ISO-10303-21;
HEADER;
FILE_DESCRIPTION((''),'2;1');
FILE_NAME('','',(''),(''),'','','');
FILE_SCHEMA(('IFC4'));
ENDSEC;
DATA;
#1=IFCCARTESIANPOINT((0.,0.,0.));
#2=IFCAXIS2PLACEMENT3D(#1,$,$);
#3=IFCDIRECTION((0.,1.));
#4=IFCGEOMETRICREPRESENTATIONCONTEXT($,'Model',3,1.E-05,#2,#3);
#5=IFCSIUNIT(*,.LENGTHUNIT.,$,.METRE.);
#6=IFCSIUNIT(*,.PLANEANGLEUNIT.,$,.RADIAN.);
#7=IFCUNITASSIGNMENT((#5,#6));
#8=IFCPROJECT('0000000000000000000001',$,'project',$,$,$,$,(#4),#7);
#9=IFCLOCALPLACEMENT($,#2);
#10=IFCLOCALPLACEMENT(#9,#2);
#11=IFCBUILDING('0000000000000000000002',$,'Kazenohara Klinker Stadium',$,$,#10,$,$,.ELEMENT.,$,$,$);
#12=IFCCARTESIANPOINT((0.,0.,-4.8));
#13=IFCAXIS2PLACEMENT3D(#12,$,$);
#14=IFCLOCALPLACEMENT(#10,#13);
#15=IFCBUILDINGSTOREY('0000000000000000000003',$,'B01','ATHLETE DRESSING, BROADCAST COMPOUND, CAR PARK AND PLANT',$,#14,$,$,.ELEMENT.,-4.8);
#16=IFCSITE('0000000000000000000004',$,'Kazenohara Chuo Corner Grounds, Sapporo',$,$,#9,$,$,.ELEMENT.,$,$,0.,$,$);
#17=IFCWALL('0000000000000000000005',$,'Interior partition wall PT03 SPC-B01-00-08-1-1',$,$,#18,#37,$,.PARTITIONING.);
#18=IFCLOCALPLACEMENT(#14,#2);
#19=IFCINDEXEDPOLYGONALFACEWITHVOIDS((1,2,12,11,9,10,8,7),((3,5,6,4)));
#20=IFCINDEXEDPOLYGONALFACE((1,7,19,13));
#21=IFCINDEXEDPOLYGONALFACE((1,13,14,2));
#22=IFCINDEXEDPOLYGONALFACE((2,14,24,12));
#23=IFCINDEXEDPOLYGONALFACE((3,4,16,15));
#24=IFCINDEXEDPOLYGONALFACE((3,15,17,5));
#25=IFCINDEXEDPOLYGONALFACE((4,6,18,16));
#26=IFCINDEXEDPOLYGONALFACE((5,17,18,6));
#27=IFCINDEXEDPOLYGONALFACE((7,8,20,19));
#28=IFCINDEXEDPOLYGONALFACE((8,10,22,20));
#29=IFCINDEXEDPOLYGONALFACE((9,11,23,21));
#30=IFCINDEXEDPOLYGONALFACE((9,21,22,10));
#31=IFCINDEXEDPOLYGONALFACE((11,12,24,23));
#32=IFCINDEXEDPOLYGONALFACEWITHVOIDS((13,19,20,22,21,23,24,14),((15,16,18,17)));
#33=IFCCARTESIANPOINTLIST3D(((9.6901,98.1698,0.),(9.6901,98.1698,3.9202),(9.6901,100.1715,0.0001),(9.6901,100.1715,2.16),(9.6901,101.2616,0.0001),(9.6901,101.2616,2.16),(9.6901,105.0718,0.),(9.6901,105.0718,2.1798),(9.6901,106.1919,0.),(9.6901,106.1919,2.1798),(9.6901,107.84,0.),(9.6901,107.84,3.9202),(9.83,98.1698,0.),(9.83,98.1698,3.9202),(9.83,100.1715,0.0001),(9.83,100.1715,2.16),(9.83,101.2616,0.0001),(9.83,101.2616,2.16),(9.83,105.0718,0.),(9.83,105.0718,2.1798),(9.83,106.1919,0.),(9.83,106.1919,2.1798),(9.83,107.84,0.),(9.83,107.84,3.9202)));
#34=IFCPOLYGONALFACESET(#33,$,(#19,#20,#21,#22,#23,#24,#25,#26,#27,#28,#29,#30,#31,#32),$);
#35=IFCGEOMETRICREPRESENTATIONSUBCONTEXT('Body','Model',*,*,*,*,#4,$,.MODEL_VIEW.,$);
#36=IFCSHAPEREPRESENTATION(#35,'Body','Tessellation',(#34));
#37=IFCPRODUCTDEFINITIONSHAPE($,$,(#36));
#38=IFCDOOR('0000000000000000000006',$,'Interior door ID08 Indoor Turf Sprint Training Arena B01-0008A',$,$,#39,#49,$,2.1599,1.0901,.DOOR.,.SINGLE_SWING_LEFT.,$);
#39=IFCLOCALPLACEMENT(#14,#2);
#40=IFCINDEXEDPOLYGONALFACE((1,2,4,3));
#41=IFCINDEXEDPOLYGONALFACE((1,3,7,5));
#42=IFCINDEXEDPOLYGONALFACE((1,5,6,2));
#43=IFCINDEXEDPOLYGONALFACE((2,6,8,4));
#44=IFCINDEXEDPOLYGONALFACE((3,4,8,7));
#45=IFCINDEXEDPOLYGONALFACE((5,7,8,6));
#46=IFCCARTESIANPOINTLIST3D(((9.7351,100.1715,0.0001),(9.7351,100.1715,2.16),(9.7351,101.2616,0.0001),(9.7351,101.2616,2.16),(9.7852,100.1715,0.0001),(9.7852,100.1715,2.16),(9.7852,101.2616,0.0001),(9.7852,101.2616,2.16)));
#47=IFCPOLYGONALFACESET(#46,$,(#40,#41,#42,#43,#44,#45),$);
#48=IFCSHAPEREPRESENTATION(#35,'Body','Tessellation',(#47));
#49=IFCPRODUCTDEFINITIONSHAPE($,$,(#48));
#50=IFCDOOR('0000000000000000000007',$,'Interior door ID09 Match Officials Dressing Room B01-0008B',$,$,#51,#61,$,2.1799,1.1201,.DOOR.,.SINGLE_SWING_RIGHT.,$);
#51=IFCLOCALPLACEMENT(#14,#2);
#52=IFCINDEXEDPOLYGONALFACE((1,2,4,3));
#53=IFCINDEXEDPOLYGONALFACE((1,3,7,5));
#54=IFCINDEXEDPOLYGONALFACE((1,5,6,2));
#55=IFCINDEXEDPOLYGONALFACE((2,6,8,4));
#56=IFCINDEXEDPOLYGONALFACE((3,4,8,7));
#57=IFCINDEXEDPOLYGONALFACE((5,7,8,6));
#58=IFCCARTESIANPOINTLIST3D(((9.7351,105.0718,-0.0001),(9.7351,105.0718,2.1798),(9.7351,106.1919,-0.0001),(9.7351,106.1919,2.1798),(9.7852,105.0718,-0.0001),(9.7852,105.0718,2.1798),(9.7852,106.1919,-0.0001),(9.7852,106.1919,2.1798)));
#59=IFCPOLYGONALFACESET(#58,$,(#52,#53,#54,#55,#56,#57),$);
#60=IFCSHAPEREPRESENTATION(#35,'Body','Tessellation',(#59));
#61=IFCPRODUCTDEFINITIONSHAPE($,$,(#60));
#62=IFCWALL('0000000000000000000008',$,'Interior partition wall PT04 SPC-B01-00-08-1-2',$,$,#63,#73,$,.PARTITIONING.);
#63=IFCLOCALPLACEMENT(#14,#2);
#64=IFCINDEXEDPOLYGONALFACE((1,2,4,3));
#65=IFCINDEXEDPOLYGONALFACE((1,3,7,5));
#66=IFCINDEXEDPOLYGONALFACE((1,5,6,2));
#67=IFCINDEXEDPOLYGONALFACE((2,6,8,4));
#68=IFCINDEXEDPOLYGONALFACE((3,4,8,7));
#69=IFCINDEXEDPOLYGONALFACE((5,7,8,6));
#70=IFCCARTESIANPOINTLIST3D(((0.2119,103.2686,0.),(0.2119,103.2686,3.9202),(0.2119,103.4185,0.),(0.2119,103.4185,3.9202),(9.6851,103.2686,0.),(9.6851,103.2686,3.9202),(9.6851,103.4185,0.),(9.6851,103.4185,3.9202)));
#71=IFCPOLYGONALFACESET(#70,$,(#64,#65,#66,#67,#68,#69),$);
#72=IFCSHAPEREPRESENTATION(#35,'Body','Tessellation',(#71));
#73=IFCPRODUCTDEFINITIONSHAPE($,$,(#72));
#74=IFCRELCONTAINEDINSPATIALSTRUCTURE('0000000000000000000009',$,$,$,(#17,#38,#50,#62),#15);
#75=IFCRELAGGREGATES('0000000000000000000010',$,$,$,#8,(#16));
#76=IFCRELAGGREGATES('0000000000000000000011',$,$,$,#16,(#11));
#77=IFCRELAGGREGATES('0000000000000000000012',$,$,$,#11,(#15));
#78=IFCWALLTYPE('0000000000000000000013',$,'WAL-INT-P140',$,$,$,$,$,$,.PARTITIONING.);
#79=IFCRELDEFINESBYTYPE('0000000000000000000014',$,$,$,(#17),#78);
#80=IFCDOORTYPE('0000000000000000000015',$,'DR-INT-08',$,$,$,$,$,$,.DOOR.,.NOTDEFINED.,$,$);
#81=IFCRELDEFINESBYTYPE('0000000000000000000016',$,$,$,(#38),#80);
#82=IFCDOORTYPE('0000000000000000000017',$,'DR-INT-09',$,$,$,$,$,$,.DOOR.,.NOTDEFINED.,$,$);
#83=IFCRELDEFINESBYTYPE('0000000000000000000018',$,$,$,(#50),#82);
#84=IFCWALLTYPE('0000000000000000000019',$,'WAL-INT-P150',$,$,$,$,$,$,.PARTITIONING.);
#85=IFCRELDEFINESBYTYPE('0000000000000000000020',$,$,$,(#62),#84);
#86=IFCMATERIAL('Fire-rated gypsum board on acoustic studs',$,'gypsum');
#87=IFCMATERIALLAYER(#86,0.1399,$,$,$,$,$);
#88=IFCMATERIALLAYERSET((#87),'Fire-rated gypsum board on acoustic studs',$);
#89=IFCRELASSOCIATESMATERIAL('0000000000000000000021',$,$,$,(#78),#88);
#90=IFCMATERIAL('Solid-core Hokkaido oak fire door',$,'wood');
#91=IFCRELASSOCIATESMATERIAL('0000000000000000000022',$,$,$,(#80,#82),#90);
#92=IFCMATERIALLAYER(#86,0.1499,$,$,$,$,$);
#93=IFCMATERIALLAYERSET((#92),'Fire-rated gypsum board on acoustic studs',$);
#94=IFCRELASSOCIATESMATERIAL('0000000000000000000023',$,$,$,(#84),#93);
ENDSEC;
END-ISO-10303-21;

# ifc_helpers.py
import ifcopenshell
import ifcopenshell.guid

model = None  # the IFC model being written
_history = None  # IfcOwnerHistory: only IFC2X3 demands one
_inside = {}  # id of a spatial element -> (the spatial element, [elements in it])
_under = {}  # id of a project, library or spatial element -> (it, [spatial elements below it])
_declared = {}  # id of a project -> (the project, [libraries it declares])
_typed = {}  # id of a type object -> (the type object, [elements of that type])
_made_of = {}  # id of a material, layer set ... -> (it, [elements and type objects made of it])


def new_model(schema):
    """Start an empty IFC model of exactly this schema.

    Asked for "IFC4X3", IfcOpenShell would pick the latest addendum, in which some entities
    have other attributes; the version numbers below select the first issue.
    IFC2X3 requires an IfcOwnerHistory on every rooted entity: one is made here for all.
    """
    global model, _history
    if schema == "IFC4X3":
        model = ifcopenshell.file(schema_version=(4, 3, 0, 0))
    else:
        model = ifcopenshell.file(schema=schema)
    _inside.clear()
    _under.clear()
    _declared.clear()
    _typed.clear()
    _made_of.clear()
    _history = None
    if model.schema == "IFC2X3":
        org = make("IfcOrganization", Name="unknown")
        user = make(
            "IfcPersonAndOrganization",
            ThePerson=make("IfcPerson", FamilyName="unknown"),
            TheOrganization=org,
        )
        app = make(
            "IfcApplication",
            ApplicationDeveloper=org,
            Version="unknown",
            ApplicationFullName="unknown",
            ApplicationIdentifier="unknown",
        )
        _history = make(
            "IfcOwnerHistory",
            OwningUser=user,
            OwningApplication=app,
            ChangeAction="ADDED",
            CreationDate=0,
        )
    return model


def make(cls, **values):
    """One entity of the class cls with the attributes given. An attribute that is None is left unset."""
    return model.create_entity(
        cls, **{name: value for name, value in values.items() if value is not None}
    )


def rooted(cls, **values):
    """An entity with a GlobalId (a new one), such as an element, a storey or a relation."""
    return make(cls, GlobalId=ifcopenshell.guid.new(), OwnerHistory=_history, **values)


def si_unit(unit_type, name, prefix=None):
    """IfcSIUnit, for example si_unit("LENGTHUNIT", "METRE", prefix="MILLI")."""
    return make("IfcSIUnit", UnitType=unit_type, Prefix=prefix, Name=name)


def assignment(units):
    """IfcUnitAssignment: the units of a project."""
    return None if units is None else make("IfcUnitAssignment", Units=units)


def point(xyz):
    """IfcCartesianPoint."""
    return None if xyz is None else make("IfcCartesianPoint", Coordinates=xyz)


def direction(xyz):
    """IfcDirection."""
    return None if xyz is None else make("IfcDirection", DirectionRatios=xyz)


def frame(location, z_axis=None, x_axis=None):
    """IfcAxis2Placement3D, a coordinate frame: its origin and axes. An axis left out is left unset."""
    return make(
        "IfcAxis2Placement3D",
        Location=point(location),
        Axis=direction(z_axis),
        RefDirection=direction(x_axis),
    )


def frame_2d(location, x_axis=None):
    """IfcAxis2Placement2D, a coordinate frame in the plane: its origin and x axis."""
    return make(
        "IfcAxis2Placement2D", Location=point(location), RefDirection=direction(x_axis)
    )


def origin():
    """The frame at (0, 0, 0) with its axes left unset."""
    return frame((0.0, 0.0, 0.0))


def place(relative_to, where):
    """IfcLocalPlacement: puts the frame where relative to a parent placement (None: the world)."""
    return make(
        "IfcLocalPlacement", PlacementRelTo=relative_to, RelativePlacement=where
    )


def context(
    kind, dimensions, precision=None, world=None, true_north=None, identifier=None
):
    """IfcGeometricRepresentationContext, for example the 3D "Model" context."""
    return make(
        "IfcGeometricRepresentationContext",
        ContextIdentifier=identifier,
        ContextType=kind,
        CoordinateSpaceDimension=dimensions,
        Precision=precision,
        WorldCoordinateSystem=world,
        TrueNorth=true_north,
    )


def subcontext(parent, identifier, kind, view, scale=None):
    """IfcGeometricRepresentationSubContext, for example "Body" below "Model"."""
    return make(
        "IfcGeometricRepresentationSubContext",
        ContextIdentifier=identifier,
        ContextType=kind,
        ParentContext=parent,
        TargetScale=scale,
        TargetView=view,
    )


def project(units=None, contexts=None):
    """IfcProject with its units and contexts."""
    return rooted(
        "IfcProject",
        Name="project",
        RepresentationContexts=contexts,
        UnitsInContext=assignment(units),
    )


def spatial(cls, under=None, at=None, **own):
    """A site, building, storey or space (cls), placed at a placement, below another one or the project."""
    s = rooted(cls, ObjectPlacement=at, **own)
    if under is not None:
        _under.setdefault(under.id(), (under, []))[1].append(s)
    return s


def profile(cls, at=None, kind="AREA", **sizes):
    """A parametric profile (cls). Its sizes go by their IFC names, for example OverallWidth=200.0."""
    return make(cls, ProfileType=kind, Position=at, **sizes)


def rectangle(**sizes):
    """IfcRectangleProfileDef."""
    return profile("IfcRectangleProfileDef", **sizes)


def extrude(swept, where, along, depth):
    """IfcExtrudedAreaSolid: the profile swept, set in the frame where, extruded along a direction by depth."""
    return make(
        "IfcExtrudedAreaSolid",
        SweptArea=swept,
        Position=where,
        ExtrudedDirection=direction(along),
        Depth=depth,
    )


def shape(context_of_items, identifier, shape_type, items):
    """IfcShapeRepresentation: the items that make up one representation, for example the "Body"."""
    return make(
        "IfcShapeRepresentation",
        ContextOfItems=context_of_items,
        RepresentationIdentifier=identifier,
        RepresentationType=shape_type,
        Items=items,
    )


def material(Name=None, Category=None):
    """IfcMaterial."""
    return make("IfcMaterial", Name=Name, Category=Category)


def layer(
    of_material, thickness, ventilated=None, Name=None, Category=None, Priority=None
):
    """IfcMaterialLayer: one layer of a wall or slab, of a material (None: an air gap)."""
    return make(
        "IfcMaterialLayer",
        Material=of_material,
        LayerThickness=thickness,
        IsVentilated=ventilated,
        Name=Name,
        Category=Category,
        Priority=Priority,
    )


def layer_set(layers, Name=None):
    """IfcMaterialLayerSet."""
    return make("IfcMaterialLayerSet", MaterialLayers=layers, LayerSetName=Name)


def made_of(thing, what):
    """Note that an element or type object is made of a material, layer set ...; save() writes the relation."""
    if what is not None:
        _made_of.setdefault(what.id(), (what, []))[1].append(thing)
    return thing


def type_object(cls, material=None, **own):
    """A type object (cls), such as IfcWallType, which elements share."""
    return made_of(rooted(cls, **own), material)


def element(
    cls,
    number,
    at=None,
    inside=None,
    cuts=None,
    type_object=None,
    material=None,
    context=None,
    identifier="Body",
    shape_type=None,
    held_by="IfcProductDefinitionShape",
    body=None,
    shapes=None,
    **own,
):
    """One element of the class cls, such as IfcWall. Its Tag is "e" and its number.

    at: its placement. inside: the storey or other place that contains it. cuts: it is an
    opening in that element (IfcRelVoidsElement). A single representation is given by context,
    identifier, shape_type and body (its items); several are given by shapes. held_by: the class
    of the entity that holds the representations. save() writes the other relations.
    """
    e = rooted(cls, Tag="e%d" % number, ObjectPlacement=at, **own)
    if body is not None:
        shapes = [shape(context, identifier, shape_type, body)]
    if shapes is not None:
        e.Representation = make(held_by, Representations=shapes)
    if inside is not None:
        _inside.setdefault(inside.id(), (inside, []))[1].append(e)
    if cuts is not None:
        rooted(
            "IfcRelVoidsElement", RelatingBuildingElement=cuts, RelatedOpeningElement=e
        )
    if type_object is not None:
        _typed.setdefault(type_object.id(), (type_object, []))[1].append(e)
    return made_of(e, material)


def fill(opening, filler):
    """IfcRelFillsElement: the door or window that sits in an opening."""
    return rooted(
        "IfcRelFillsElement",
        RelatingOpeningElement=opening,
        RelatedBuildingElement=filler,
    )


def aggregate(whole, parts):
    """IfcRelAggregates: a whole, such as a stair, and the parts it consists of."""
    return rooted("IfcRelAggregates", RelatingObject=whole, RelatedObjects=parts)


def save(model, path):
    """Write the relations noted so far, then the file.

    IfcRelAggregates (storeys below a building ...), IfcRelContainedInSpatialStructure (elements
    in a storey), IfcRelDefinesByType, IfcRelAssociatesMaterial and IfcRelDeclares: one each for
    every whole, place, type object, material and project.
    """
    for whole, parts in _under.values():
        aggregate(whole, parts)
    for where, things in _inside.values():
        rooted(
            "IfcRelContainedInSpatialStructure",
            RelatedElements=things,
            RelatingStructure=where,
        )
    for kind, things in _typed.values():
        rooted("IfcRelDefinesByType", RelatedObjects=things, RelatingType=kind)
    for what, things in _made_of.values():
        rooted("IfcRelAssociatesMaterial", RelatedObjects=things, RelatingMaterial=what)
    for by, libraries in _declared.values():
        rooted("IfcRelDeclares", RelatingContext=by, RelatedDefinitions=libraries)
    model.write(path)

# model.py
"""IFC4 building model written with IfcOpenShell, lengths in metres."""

from ifc_helpers import new_model, si_unit, direction, frame, frame_2d, origin, place, context, subcontext, project, spatial, rectangle, extrude, material, layer, layer_set, type_object, element, fill, save


model = new_model("IFC4")

# Units and contexts
model_context = context("Model", 3, precision=1e-05, world=origin(), true_north=direction((0.0, 1.0)))
body_context = subcontext(model_context, "Body", "Model", "MODEL_VIEW")
ifc_project = project(units=[si_unit("LENGTHUNIT", "METRE"), si_unit("PLANEANGLEUNIT", "RADIAN")], contexts=[model_context])

# Site, building, storey
site_placement = place(None, origin())
site = spatial("IfcSite", under=ifc_project, at=site_placement, Name="Kazenohara Chuo Corner Grounds, Sapporo", CompositionType="ELEMENT", RefElevation=0.0)
building_placement = place(site_placement, origin())
building = spatial("IfcBuilding", under=site, at=building_placement, Name="Kazenohara Klinker Stadium", CompositionType="ELEMENT")
storey_placement = place(building_placement, frame((0.0, 0.0, -4.8)))
storey = spatial("IfcBuildingStorey", under=building, at=storey_placement, Name="B01", Description="ATHLETE DRESSING, BROADCAST COMPOUND, CAR PARK AND PLANT", CompositionType="ELEMENT", Elevation=-4.8)

# Wall, openings, doors
ifc_material_1 = material(Name="Fire-rated gypsum board on acoustic studs", Category="gypsum")
ifc_layer_1 = layer(ifc_material_1, 0.1399)
ifc_layer_set_1 = layer_set([ifc_layer_1], Name="Fire-rated gypsum board on acoustic studs")
wall_type_1 = type_object("IfcWallType", Name="WAL-INT-P140", PredefinedType="PARTITIONING", material=ifc_layer_set_1)
wall_1_placement = place(storey_placement, frame((9.76, 98.1699, 0.0), z_axis=(0.0, 0.0, 1.0), x_axis=(0.0, 1.0, 0.0)))
wall_1 = element("IfcWall", 1, at=wall_1_placement, inside=storey, type_object=wall_type_1, Name="Interior partition wall PT03 SPC-B01-00-08-1-1", PredefinedType="PARTITIONING", context=body_context, shape_type="SweptSolid", body=[
    extrude(rectangle(XDim=9.6702, YDim=0.1399, at=frame_2d((4.835, 0.0))), origin(), (0.0, 0.0, 1.0), 3.9202),
])
opening_1_placement = place(wall_1_placement, frame((2.0017, 0.0, 0.0)))
opening_1 = element("IfcOpeningElement", 2, at=opening_1_placement, cuts=wall_1, PredefinedType="OPENING", context=body_context, shape_type="SweptSolid", body=[
    extrude(rectangle(XDim=1.0901, YDim=2.1599, at=frame_2d((0.5449, 1.0801))), frame((0.0, 0.0801, 0.0), z_axis=(0.0, -1.0, 0.0), x_axis=(1.0, 0.0, 0.0)), (0.0, 0.0, 1.0), 0.1599),
])
opening_2_placement = place(wall_1_placement, frame((6.9019, 0.0, 0.0)))
opening_2 = element("IfcOpeningElement", 3, at=opening_2_placement, cuts=wall_1, PredefinedType="OPENING", context=body_context, shape_type="SweptSolid", body=[
    extrude(rectangle(XDim=1.1201, YDim=2.1799, at=frame_2d((0.5601, 1.0898))), frame((0.0, 0.0801, 0.0), z_axis=(0.0, -1.0, 0.0), x_axis=(1.0, 0.0, 0.0)), (0.0, 0.0, 1.0), 0.1599),
])
ifc_material_2 = material(Name="Solid-core Hokkaido oak fire door", Category="wood")
door_type_1 = type_object("IfcDoorType", Name="DR-INT-08", OperationType="NOTDEFINED", PredefinedType="DOOR", material=ifc_material_2)
door_1_placement = place(opening_1_placement, origin())
door_1 = element("IfcDoor", 4, at=door_1_placement, inside=storey, type_object=door_type_1, Name="Interior door ID08 Indoor Turf Sprint Training Arena B01-0008A", OperationType="SINGLE_SWING_LEFT", OverallHeight=2.1599, OverallWidth=1.0901, PredefinedType="DOOR", context=body_context, shape_type="SweptSolid", body=[
    extrude(rectangle(XDim=1.0901, YDim=2.1599, at=frame_2d((0.5449, 1.0801))), frame((0.0, 0.0249, 0.0), z_axis=(0.0, -1.0, 0.0), x_axis=(1.0, 0.0, 0.0)), (0.0, 0.0, 1.0), 0.05),
])
fill(opening_1, door_1)
door_type_2 = type_object("IfcDoorType", Name="DR-INT-09", OperationType="NOTDEFINED", PredefinedType="DOOR", material=ifc_material_2)
door_2_placement = place(opening_2_placement, origin())
door_2 = element("IfcDoor", 5, at=door_2_placement, inside=storey, type_object=door_type_2, Name="Interior door ID09 Match Officials Dressing Room B01-0008B", OperationType="SINGLE_SWING_RIGHT", OverallHeight=2.1799, OverallWidth=1.1201, PredefinedType="DOOR", context=body_context, shape_type="SweptSolid", body=[
    extrude(rectangle(XDim=1.1201, YDim=2.1799, at=frame_2d((0.5601, 1.0898))), frame((0.0, 0.0249, 0.0), z_axis=(0.0, -1.0, 0.0), x_axis=(1.0, 0.0, 0.0)), (0.0, 0.0, 1.0), 0.05),
])
fill(opening_2, door_2)

# Wall
ifc_layer_2 = layer(ifc_material_1, 0.1499)
ifc_layer_set_2 = layer_set([ifc_layer_2], Name="Fire-rated gypsum board on acoustic studs")
wall_type_2 = type_object("IfcWallType", Name="WAL-INT-P150", PredefinedType="PARTITIONING", material=ifc_layer_set_2)
wall_2_placement = place(storey_placement, frame((0.2119, 103.3435, 0.0), z_axis=(0.0, 0.0, 1.0), x_axis=(1.0, 0.0, 0.0)))
element("IfcWall", 6, at=wall_2_placement, inside=storey, type_object=wall_type_2, Name="Interior partition wall PT04 SPC-B01-00-08-1-2", PredefinedType="PARTITIONING", context=body_context, shape_type="SweptSolid", body=[
    extrude(rectangle(XDim=9.4731, YDim=0.1499, at=frame_2d((4.7366, 0.0))), origin(), (0.0, 0.0, 1.0), 3.9202),
])

save(model, "model.ifc")
